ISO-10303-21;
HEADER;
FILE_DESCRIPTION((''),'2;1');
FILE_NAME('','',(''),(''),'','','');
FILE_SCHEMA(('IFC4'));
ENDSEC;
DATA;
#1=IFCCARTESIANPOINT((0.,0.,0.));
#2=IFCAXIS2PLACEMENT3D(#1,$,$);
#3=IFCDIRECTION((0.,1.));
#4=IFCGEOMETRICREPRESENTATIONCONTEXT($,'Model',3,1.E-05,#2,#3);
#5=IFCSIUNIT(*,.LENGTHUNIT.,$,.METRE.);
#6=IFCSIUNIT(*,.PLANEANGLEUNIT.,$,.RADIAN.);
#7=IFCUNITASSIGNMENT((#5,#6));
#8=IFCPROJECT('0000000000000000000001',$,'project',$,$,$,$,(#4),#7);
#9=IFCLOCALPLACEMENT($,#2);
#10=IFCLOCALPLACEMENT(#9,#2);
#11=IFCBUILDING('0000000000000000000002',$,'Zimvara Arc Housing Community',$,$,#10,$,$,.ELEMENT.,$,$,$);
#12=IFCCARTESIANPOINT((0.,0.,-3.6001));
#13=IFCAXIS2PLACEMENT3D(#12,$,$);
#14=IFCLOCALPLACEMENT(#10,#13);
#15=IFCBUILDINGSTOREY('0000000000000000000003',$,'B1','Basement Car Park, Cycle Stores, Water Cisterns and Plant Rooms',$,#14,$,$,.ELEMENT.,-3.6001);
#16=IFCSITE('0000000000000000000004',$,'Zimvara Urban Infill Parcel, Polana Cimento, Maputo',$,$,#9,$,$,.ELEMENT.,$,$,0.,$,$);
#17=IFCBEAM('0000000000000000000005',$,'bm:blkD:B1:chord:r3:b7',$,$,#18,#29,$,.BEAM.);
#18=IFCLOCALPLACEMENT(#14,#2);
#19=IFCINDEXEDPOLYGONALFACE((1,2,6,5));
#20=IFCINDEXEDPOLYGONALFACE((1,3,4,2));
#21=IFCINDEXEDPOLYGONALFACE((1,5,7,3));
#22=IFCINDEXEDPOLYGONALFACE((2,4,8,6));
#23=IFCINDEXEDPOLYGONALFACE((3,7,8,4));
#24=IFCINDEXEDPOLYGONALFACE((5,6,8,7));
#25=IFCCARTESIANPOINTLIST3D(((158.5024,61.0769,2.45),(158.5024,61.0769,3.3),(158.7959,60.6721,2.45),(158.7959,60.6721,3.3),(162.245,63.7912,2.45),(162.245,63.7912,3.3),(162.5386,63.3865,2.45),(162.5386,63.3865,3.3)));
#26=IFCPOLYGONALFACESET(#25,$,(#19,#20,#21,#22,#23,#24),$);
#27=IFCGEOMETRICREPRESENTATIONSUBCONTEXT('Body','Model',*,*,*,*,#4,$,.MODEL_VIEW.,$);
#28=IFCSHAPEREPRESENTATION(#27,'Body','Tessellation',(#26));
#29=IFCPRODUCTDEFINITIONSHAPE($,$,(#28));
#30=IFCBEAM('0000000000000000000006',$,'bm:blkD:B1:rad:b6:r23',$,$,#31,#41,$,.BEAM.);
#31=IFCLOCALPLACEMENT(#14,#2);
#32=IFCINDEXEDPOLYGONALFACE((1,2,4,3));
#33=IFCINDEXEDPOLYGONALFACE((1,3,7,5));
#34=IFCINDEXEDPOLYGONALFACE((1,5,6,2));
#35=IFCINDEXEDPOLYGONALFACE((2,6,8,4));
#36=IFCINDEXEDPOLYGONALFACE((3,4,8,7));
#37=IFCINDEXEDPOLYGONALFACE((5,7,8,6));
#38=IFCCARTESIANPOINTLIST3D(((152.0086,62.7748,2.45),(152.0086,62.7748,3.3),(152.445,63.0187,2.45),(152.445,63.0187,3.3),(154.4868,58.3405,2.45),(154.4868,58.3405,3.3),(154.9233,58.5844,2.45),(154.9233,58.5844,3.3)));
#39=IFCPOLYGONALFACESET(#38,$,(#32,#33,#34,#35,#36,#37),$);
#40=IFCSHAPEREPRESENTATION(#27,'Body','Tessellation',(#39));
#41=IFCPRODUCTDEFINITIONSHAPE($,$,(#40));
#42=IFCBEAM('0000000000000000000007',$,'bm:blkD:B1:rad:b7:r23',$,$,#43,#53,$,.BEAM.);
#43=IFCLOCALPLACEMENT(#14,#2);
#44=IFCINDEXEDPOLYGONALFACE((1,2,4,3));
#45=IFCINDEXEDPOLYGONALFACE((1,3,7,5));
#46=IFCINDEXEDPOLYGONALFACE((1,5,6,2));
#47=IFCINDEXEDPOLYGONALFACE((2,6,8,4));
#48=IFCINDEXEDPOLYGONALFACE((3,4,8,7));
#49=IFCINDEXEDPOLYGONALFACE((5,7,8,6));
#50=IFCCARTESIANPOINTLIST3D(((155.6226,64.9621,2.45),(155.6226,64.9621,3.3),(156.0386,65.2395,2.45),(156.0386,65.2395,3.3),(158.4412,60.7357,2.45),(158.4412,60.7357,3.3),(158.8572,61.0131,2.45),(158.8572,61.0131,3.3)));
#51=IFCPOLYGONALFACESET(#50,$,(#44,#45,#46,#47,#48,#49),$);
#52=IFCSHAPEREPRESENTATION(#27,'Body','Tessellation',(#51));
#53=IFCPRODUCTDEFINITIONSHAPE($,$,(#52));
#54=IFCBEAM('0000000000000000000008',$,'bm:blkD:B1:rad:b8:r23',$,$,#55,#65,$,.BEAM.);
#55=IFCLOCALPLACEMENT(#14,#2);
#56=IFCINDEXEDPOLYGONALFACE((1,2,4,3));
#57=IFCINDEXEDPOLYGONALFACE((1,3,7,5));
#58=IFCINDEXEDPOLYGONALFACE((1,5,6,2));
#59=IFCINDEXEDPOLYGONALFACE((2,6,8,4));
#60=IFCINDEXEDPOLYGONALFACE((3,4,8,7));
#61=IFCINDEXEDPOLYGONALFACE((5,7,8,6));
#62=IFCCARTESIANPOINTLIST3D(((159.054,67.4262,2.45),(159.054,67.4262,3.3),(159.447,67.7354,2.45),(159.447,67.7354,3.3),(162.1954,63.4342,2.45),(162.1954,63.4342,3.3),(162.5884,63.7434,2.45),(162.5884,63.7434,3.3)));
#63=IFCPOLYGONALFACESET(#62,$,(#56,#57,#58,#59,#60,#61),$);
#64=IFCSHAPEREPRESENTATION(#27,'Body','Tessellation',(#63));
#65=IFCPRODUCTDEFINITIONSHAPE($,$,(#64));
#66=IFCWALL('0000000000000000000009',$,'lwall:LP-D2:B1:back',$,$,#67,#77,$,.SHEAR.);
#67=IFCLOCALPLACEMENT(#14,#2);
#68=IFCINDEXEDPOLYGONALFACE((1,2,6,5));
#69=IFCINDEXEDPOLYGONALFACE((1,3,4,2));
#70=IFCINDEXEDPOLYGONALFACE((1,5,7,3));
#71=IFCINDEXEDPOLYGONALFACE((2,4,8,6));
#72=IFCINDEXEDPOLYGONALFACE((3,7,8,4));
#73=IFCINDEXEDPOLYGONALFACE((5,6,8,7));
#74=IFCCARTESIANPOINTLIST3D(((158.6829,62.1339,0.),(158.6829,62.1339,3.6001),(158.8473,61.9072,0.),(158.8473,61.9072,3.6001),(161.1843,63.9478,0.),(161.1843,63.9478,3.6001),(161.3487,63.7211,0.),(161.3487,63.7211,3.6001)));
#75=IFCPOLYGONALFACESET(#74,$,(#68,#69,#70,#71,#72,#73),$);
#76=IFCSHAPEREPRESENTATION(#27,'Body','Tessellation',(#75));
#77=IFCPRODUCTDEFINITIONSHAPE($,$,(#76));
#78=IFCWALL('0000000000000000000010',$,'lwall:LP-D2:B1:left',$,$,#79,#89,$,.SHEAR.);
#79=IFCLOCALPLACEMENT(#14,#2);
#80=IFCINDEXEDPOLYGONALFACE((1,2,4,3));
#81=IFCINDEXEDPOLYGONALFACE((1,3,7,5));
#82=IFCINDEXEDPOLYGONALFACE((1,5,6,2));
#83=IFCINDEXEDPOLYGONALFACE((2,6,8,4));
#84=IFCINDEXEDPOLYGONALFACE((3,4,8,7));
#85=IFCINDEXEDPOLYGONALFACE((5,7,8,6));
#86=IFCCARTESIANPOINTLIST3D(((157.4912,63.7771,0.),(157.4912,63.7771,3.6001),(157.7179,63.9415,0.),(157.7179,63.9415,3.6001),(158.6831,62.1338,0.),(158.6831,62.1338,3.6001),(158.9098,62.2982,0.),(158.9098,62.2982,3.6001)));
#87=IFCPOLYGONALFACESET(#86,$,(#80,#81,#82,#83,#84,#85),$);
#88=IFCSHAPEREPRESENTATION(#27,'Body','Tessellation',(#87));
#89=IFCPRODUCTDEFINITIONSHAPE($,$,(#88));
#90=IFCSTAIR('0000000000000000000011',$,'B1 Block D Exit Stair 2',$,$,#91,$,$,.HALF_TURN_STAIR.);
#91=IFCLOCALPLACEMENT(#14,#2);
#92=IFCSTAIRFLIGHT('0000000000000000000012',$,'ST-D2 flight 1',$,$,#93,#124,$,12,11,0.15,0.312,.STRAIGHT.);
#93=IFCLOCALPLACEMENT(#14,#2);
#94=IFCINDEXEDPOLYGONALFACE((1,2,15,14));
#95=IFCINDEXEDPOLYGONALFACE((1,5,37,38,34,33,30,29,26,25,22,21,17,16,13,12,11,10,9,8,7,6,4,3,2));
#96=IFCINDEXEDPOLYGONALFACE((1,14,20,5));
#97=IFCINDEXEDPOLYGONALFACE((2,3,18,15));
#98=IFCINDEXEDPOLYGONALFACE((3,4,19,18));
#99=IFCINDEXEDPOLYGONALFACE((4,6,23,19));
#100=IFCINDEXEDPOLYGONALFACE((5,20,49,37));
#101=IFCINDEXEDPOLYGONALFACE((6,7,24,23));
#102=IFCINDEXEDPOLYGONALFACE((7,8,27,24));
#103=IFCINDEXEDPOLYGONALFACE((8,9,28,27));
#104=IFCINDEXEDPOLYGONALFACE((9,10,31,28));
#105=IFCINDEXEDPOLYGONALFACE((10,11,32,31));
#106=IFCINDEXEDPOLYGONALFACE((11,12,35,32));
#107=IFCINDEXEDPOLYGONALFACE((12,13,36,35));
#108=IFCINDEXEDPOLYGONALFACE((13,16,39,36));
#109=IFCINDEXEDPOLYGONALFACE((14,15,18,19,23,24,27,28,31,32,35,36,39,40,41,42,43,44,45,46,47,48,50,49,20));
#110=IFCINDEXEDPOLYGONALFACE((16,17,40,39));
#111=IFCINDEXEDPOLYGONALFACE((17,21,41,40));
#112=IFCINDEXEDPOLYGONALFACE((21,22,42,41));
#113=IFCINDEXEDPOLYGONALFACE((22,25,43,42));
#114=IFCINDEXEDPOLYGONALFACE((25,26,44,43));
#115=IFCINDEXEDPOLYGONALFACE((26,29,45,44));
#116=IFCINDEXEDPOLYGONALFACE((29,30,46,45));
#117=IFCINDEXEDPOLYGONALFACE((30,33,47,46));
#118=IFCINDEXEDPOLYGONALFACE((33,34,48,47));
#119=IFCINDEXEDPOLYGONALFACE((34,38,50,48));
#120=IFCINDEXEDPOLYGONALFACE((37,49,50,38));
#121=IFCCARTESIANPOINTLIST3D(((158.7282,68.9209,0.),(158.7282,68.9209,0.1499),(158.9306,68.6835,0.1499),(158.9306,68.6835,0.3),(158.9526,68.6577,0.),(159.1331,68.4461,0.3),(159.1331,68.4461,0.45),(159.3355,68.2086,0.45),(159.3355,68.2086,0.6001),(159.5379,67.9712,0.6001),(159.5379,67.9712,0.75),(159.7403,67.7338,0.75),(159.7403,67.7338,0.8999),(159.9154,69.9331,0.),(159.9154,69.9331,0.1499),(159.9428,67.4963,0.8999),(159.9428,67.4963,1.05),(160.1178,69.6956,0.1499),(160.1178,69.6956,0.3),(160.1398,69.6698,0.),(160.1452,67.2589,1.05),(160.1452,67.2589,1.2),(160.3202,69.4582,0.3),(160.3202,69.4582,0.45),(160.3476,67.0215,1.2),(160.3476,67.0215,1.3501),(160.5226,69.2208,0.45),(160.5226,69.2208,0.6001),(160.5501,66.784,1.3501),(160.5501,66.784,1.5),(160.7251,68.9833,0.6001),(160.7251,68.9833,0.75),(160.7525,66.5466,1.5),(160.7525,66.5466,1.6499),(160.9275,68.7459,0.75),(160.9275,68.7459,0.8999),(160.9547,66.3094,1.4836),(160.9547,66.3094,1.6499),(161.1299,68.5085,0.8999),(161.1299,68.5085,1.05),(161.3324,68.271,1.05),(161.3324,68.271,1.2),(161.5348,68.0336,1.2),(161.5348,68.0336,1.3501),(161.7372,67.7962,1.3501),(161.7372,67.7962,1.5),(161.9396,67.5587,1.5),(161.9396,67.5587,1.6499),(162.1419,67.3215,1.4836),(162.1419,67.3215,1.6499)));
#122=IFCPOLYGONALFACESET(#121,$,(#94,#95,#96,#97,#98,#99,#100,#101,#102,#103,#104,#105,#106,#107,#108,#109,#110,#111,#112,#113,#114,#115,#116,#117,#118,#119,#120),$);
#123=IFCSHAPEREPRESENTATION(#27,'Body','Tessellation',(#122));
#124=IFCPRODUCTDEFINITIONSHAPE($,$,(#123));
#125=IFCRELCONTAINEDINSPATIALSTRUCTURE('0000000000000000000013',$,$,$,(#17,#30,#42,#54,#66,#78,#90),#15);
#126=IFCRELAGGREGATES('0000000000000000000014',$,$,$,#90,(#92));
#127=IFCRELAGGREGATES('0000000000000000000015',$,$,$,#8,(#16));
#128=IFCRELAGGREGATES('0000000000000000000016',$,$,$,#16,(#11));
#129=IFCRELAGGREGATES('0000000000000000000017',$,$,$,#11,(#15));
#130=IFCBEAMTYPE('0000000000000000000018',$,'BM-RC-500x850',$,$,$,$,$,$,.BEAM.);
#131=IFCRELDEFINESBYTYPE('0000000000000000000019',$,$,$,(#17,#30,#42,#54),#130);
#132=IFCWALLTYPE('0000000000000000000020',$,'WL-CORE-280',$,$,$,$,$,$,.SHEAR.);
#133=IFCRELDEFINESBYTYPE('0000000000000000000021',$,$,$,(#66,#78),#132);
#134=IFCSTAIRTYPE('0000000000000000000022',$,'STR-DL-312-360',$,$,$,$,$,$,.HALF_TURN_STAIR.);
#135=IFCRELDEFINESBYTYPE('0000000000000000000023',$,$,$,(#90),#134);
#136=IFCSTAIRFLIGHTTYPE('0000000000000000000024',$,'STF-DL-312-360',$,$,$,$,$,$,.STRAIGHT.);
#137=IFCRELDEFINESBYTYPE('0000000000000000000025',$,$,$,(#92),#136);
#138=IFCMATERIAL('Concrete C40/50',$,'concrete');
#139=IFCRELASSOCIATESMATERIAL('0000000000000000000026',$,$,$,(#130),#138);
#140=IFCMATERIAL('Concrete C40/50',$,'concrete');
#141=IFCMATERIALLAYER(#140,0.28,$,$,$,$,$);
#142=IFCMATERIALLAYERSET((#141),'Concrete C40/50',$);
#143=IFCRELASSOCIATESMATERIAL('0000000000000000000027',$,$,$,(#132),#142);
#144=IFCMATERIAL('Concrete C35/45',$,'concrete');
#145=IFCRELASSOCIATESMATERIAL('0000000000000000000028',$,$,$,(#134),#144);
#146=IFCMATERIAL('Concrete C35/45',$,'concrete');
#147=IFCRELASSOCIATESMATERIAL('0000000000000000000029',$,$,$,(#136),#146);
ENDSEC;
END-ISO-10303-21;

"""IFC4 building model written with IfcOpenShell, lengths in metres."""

from ifc_helpers import new_model, si_unit, direction, frame, frame_2d, origin, origin_2d, place, context, subcontext, project, spatial, polyline, rectangle, outline, extrude, material, layer, layer_set, material_profile, profile_set, type_object, element, aggregate, save


model = new_model("IFC4")

# Units and contexts
model_context = context("Model", 3, precision=1e-05, world=origin(), true_north=direction((0.0, 1.0)))
body_context = subcontext(model_context, "Body", "Model", "MODEL_VIEW")
ifc_project = project(units=[si_unit("LENGTHUNIT", "METRE"), si_unit("PLANEANGLEUNIT", "RADIAN")], contexts=[model_context])

# Site, building, storey
site_placement = place(None, origin())
site = spatial("IfcSite", under=ifc_project, at=site_placement, Name="Zimvara Urban Infill Parcel, Polana Cimento, Maputo", CompositionType="ELEMENT", RefElevation=0.0)
building_placement = place(site_placement, origin())
building = spatial("IfcBuilding", under=site, at=building_placement, Name="Zimvara Arc Housing Community", CompositionType="ELEMENT")
storey_placement = place(building_placement, frame((0.0, 0.0, -3.6001)))
storey = spatial("IfcBuildingStorey", under=building, at=storey_placement, Name="B1", Description="Basement Car Park, Cycle Stores, Water Cisterns and Plant Rooms", CompositionType="ELEMENT", Elevation=-3.6001)

# Beams
ifc_material_1 = material(Name="Concrete C40/50", Category="concrete")
ifc_material_profile_1 = material_profile(ifc_material_1, rectangle(XDim=0.5, YDim=0.8501, at=origin_2d()), Name="RC 500x850")
ifc_profile_set_1 = profile_set([ifc_material_profile_1], Name="Concrete C40/50")
beam_type = type_object("IfcBeamType", Name="BM-RC-500x850", PredefinedType="BEAM", material=ifc_profile_set_1)
beam_1_placement = place(storey_placement, frame((158.6492, 60.8745, 2.875), z_axis=(0.809516, 0.587097, 0.0), x_axis=(-0.587097, 0.809516, 0.0)))
element("IfcBeam", 1, at=beam_1_placement, inside=storey, type_object=beam_type, Name="bm:blkD:B1:chord:r3:b7", PredefinedType="BEAM", context=body_context, shape_type="SweptSolid", body=[
    extrude(rectangle(XDim=0.5, YDim=0.8501, at=origin_2d()), origin(), (0.0, 0.0, 1.0), 4.6233),
])
beam_2_placement = place(storey_placement, frame((152.2268, 62.8967, 2.875), z_axis=(0.487861, -0.872921, 0.0), x_axis=(0.872921, 0.487861, 0.0)))
element("IfcBeam", 2, at=beam_2_placement, inside=storey, type_object=beam_type, Name="bm:blkD:B1:rad:b6:r23", PredefinedType="BEAM", context=body_context, shape_type="SweptSolid", body=[
    extrude(rectangle(XDim=0.5, YDim=0.8501, at=origin_2d()), origin(), (0.0, 0.0, 1.0), 5.0798),
])
beam_3_placement = place(storey_placement, frame((155.8306, 65.1008, 2.875), z_axis=(0.554844, -0.831954, 0.0), x_axis=(0.831954, 0.554844, 0.0)))
element("IfcBeam", 3, at=beam_3_placement, inside=storey, type_object=beam_type, Name="bm:blkD:B1:rad:b7:r23", PredefinedType="BEAM", context=body_context, shape_type="SweptSolid", body=[
    extrude(rectangle(XDim=0.5, YDim=0.8501, at=origin_2d()), origin(), (0.0, 0.0, 1.0), 5.0801),
])
beam_4_placement = place(storey_placement, frame((159.2505, 67.5808, 2.875), z_axis=(0.618409, -0.785856, 0.0), x_axis=(0.785856, 0.618409, 0.0)))
element("IfcBeam", 4, at=beam_4_placement, inside=storey, type_object=beam_type, Name="bm:blkD:B1:rad:b8:r23", PredefinedType="BEAM", context=body_context, shape_type="SweptSolid", body=[
    extrude(rectangle(XDim=0.5, YDim=0.8501, at=origin_2d()), origin(), (0.0, 0.0, 1.0), 5.0798),
])

# Shared definitions
ifc_material_2 = material(Name="Concrete C40/50", Category="concrete")
ifc_layer = layer(ifc_material_2, 0.28)
ifc_layer_set = layer_set([ifc_layer], Name="Concrete C40/50")
wall_type = type_object("IfcWallType", Name="WL-CORE-280", PredefinedType="SHEAR", material=ifc_layer_set)

# Walls
wall_1_placement = place(storey_placement, frame((158.7651, 62.0205, 0.0), z_axis=(0.0, 0.0, 1.0), x_axis=(0.809548, 0.587053, 0.0)))
element("IfcWall", 5, at=wall_1_placement, inside=storey, type_object=wall_type, Name="lwall:LP-D2:B1:back", PredefinedType="SHEAR", context=body_context, shape_type="SweptSolid", body=[
    extrude(rectangle(XDim=3.0898, YDim=0.28, at=frame_2d((1.5449, 0.0))), origin(), (0.0, 0.0, 1.0), 3.6001),
])
wall_2_placement = place(storey_placement, frame((157.6045, 63.8594, 0.0), z_axis=(0.0, 0.0, 1.0), x_axis=(0.587127, -0.809495, 0.0)))
element("IfcWall", 6, at=wall_2_placement, inside=storey, type_object=wall_type, Name="lwall:LP-D2:B1:left", PredefinedType="SHEAR", context=body_context, shape_type="SweptSolid", body=[
    extrude(rectangle(XDim=2.03, YDim=0.28, at=frame_2d((1.0151, 0.0))), origin(), (0.0, 0.0, 1.0), 3.6001),
])

# Stair, stair flight
ifc_material_3 = material(Name="Concrete C35/45", Category="concrete")
stair_type = type_object("IfcStairType", Name="STR-DL-312-360", PredefinedType="HALF_TURN_STAIR", material=ifc_material_3)
stair_placement = place(storey_placement, origin())
stair = element("IfcStair", 7, at=stair_placement, inside=storey, type_object=stair_type, Name="B1 Block D Exit Stair 2", PredefinedType="HALF_TURN_STAIR")
ifc_material_4 = material(Name="Concrete C35/45", Category="concrete")
stair_flight_type = type_object("IfcStairFlightType", Name="STF-DL-312-360", PredefinedType="STRAIGHT", material=ifc_material_4)
stair_flight_placement = place(storey_placement, frame((159.3218, 69.427, 0.0), z_axis=(0.0, 0.0, 1.0), x_axis=(0.648784, -0.760972, 0.0)))
stair_flight = element("IfcStairFlight", 8, at=stair_flight_placement, type_object=stair_flight_type, Name="ST-D2 flight 1", NumberOfRisers=12, NumberOfTreads=11, PredefinedType="STRAIGHT", RiserHeight=0.15, TreadLength=0.312, context=body_context, shape_type="SweptSolid", body=[
    extrude(outline(polyline([(0.0, 0.0), (0.0, 0.1499), (0.312, 0.1499), (0.312, 0.3), (0.624, 0.3), (0.624, 0.45), (0.936, 0.45), (0.936, 0.6001), (1.248, 0.6001), (1.248, 0.75), (1.5601, 0.75), (1.5601, 0.8999), (1.8721, 0.8999), (1.8721, 1.05), (2.1841, 1.05), (2.1841, 1.2), (2.4961, 1.2), (2.4961, 1.3501), (2.8081, 1.3501), (2.8081, 1.5), (3.1201, 1.5), (3.1201, 1.6499), (3.4319, 1.6499), (3.4319, 1.8), (3.4319, 1.4836), (0.3459, 0.0), (0.0, 0.0)])), frame((0.0, 0.78, 0.0), z_axis=(0.0, -1.0, 0.0), x_axis=(1.0, 0.0, 0.0)), (0.0, 0.0, 1.0), 1.5601),
])
aggregate(stair, [stair_flight])

save(model, "model.ifc")
